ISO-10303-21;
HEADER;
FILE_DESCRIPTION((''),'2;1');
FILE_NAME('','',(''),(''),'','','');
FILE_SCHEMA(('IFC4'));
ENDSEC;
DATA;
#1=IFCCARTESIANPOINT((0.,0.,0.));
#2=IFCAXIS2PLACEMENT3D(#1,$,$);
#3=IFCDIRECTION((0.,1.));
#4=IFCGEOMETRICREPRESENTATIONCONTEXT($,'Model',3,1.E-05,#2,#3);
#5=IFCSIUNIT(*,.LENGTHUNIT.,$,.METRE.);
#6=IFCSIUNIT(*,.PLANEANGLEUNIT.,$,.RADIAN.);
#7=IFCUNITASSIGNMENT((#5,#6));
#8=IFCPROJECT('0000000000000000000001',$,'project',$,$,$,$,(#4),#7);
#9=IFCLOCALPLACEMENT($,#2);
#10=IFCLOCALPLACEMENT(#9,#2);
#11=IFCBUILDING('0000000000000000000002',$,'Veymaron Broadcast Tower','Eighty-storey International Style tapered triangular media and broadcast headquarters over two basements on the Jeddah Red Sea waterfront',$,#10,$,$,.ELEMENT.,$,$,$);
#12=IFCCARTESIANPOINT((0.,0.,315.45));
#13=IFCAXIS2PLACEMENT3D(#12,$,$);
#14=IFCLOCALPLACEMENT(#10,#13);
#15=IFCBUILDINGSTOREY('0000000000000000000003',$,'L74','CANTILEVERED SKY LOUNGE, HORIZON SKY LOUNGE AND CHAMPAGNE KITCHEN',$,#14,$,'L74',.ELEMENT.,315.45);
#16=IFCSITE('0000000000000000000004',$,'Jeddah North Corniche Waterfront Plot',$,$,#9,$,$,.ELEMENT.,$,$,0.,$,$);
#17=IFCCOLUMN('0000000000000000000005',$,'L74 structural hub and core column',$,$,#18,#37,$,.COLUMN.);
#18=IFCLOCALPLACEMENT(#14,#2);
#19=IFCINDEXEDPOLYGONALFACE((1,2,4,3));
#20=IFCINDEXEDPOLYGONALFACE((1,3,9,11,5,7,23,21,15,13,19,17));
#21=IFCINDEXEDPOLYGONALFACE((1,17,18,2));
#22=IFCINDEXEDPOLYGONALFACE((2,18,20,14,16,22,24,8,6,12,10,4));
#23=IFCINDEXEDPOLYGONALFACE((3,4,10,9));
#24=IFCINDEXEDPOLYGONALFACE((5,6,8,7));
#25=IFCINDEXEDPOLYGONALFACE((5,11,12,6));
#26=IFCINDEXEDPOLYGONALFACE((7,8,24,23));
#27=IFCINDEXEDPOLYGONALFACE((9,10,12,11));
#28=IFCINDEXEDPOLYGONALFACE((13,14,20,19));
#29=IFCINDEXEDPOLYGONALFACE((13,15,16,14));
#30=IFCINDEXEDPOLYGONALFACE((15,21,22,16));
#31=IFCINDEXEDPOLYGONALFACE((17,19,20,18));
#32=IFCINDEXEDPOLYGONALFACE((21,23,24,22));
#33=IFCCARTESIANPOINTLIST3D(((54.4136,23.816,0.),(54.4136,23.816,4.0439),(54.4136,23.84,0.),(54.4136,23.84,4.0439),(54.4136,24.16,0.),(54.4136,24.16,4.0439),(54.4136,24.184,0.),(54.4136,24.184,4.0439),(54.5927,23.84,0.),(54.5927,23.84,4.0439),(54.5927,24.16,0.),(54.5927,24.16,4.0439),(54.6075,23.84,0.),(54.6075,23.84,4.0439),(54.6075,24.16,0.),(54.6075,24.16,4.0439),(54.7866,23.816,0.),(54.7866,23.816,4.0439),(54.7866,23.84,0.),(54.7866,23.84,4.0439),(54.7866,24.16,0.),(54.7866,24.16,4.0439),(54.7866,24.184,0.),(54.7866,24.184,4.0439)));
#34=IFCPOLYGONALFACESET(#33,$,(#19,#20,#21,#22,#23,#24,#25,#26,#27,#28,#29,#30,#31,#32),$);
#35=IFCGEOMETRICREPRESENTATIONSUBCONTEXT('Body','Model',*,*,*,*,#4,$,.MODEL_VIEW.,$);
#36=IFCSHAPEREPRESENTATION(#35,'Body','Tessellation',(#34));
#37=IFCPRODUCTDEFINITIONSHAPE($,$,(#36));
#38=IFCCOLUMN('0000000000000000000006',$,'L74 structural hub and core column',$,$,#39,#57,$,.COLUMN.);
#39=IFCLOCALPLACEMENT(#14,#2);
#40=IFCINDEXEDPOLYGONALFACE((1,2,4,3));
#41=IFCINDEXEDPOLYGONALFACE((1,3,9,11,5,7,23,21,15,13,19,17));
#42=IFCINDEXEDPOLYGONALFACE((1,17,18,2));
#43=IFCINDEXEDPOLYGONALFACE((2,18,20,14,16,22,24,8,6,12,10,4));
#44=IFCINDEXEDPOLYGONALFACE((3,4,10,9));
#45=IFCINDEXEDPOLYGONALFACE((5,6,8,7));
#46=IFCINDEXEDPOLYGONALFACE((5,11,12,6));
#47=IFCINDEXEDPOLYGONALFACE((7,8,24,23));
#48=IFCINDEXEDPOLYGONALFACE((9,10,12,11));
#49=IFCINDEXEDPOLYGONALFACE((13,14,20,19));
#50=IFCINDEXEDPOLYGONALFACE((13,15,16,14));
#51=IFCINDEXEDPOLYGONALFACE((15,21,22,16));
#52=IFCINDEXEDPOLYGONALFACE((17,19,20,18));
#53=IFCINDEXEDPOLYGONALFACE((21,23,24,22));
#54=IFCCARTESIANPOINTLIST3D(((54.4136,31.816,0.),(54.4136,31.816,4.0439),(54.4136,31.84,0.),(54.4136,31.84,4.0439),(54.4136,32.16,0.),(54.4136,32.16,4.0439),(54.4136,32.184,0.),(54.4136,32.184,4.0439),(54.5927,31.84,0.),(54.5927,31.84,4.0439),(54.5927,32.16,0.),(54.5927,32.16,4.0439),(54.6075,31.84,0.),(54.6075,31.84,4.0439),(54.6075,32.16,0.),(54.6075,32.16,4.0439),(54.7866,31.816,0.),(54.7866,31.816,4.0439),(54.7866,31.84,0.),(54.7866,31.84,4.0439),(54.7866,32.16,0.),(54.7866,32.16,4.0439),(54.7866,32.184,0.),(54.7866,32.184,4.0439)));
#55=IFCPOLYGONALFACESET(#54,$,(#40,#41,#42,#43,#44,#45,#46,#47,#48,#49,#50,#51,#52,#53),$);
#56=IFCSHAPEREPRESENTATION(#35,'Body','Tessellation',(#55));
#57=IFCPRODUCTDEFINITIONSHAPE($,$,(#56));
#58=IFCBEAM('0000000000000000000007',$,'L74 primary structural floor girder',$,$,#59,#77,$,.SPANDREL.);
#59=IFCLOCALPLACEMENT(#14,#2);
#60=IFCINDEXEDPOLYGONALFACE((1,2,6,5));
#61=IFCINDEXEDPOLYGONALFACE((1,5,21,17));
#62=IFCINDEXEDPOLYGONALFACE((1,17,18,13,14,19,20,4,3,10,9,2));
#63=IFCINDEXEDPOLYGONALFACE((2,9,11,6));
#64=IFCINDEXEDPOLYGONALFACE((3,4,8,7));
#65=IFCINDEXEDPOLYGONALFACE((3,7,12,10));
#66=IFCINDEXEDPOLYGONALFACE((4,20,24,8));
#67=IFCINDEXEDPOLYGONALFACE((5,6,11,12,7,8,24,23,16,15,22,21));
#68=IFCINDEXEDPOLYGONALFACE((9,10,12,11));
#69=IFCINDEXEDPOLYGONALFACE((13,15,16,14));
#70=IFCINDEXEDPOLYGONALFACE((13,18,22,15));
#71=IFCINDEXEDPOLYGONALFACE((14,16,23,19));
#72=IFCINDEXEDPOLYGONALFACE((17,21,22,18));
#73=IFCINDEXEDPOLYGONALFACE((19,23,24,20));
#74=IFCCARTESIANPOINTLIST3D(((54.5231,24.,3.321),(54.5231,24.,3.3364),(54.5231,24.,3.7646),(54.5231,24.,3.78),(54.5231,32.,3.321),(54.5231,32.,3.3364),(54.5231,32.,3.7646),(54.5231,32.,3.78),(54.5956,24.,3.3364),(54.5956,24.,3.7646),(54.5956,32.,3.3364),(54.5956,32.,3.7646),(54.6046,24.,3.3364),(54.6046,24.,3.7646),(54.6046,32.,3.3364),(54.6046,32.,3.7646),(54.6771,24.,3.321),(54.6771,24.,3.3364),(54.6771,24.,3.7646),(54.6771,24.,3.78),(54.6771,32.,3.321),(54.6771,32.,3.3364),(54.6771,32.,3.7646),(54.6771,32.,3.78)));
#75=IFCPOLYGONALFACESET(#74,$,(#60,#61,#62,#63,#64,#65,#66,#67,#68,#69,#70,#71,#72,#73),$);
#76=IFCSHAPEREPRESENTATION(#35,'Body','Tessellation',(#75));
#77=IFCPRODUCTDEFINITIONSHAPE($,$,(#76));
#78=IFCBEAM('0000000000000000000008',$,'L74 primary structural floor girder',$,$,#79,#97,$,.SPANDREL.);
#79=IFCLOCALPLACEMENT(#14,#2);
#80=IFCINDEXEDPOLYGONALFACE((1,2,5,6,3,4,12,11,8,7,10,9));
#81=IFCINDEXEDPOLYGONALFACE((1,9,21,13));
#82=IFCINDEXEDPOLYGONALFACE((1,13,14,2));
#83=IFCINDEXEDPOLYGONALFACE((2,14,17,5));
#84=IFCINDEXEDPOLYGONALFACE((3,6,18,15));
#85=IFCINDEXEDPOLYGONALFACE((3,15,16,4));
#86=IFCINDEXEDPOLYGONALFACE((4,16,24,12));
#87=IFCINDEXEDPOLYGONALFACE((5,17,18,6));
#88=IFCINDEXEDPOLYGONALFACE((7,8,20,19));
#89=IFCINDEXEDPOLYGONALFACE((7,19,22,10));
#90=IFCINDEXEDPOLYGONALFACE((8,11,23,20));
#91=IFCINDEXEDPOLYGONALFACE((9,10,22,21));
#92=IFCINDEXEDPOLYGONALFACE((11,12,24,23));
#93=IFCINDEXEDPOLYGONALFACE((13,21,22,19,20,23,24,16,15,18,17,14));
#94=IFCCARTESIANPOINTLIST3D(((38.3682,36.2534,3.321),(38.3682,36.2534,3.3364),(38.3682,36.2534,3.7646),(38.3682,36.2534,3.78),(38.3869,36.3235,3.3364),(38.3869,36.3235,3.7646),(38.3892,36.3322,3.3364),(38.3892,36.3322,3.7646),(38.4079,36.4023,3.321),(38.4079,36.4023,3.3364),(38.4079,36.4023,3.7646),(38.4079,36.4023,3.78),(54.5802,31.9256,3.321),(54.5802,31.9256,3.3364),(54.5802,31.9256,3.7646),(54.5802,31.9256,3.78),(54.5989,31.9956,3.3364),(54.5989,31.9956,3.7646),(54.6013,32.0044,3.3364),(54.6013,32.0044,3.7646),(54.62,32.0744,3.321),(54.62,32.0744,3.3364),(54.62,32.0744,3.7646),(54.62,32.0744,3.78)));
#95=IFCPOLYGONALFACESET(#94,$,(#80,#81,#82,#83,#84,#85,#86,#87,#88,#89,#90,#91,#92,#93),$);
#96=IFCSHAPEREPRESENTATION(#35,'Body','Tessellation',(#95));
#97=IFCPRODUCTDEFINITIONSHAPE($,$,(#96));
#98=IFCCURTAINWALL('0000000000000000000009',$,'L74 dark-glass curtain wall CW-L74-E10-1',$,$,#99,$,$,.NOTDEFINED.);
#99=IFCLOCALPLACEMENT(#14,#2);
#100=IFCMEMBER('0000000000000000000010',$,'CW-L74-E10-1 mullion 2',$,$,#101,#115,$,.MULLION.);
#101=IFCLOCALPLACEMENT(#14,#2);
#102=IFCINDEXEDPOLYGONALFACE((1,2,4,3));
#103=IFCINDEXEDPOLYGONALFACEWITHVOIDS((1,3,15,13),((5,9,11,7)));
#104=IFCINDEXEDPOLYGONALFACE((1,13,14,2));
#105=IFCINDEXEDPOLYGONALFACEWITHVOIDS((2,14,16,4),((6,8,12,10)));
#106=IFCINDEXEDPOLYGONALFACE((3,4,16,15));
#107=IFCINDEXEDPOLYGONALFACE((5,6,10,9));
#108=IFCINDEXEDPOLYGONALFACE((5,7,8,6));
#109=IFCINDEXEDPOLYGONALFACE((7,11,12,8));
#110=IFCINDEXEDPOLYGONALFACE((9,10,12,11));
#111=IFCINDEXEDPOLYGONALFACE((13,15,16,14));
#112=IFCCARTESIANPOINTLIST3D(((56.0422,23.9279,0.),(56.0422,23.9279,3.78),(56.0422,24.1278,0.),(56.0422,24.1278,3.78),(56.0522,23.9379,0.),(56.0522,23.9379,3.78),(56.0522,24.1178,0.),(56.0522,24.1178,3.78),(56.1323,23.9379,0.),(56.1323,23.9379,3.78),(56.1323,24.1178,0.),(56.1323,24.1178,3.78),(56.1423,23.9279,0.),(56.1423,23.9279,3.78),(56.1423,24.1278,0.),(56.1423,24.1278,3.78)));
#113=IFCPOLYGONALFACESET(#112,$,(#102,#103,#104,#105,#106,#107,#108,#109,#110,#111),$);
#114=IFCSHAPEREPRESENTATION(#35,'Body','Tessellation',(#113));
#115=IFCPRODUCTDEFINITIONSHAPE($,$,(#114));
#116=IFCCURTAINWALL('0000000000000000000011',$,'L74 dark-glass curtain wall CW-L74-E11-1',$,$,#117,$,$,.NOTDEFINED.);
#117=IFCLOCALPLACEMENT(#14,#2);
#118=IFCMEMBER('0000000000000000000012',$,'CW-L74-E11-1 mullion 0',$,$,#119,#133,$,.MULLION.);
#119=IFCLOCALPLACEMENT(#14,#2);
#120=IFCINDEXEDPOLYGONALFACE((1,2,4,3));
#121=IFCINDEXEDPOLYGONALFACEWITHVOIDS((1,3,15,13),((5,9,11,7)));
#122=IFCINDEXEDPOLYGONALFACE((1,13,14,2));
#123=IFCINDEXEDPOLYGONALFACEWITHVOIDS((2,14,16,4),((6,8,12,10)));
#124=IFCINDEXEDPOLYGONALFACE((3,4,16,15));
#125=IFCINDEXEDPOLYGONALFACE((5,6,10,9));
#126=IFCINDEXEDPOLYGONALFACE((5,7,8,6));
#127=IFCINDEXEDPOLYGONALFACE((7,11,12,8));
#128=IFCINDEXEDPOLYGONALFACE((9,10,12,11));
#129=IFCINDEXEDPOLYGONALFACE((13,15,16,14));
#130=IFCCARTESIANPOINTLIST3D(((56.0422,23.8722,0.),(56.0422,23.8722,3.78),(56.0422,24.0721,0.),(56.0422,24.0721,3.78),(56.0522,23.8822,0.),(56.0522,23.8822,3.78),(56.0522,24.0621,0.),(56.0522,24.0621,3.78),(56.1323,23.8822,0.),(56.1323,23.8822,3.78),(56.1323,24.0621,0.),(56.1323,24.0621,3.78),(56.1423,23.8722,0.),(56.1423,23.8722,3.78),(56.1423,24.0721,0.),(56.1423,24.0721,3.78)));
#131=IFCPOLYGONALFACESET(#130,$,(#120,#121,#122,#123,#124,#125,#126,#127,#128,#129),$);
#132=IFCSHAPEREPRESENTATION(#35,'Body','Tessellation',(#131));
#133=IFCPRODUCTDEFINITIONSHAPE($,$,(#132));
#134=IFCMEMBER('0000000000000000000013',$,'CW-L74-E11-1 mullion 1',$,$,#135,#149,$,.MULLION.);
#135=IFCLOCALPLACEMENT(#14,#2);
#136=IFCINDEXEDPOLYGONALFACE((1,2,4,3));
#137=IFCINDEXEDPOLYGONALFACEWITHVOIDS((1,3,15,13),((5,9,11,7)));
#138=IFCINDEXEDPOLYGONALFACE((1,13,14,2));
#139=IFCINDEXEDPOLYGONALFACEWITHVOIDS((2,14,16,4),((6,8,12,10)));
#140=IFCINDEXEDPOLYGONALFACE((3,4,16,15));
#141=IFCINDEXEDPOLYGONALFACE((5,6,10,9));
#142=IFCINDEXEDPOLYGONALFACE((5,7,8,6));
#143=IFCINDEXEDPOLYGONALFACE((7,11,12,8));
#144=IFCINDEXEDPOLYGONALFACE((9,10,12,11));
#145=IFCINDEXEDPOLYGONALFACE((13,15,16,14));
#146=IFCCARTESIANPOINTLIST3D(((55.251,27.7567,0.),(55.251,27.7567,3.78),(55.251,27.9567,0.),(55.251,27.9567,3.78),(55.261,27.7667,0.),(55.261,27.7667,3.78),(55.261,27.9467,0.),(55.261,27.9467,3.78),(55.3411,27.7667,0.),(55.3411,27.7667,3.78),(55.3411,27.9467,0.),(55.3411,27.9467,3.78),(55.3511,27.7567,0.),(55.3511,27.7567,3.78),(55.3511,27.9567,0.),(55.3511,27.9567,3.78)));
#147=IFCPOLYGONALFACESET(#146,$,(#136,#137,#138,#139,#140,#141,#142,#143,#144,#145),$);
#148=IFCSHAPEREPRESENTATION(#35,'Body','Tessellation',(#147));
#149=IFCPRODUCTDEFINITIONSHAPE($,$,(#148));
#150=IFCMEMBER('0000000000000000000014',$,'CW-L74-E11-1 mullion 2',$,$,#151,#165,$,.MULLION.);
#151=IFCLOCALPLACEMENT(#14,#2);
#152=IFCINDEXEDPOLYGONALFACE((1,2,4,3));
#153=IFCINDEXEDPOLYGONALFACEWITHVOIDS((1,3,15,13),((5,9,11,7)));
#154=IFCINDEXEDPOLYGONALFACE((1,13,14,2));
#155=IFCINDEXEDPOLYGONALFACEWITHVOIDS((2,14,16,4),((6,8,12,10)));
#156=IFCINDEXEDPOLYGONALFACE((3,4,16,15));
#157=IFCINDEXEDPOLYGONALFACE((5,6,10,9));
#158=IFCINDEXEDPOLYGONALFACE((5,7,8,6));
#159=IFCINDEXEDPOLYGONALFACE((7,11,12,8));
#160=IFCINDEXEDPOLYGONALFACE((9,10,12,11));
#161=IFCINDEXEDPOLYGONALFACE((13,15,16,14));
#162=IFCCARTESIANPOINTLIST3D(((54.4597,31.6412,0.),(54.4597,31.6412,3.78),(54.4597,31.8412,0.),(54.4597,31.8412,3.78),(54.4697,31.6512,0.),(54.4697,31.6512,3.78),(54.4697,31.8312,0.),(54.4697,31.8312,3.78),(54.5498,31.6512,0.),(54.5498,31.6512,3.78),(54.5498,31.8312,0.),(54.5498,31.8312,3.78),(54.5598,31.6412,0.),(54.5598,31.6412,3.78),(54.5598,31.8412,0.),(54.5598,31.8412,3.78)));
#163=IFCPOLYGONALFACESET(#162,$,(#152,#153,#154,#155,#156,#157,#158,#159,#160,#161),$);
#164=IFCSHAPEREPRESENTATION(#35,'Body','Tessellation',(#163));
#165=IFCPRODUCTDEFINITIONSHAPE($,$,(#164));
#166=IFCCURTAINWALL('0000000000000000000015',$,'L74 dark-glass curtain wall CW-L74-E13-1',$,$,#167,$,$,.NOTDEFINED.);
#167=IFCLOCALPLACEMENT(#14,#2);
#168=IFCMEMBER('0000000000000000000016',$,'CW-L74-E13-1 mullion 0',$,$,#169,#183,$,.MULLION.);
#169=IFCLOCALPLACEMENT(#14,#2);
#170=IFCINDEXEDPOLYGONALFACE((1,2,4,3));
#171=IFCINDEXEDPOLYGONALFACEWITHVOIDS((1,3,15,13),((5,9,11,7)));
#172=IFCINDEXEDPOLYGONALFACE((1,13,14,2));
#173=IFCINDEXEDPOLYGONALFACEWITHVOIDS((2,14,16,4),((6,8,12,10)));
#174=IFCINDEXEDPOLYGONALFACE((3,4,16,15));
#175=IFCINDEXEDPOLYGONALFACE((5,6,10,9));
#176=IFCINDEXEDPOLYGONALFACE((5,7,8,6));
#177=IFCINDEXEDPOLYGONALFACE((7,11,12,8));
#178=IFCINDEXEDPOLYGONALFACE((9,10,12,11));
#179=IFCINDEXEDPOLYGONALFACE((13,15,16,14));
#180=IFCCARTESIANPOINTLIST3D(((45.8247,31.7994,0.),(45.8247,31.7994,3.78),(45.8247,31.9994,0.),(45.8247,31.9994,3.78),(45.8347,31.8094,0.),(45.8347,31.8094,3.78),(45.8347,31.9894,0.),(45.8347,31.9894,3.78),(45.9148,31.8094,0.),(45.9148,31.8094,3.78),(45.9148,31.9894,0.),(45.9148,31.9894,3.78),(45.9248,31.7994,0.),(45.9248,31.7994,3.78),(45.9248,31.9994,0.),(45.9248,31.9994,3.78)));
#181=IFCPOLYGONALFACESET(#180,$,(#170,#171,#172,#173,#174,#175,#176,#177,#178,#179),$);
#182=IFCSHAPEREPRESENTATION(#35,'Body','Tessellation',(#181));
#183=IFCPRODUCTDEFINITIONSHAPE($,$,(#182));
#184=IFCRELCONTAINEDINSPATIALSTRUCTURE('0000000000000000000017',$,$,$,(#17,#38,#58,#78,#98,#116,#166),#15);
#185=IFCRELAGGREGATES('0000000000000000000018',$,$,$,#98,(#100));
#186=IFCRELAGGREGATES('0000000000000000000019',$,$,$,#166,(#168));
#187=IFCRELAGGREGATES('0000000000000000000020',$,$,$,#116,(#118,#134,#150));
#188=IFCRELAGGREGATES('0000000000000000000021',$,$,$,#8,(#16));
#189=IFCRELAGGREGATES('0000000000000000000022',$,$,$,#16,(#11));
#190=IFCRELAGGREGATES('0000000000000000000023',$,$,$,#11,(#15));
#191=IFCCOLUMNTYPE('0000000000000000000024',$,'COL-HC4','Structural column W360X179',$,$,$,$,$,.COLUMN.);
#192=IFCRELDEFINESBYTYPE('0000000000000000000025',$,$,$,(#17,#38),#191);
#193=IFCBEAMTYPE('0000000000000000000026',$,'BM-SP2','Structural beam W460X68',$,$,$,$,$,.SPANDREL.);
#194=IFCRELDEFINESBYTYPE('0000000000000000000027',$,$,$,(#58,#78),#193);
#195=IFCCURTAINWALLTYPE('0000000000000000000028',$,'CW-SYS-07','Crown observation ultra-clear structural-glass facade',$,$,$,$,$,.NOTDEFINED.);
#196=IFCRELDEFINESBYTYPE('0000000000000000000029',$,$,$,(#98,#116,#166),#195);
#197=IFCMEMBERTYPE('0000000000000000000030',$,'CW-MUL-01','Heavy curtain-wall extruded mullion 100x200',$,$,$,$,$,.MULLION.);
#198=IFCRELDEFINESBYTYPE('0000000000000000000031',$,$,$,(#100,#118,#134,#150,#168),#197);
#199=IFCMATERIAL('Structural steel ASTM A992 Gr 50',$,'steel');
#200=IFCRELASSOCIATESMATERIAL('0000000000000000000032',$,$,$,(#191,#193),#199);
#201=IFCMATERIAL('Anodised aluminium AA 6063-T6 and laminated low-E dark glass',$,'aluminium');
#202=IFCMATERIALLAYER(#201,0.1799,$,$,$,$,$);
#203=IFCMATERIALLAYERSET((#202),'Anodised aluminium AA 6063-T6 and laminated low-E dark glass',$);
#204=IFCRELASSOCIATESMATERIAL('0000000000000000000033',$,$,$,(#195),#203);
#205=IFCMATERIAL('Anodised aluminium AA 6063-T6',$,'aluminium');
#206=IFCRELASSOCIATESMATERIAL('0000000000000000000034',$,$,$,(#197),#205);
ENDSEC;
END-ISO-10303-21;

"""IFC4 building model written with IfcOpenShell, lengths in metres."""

from ifc_helpers import new_model, si_unit, direction, frame, origin, origin_2d, place, context, subcontext, project, spatial, hollow_rectangle, i_section, extrude, material, layer, layer_set, material_profile, profile_set, type_object, element, aggregate, save


model = new_model("IFC4")

# Units and contexts
model_context = context("Model", 3, precision=1e-05, world=origin(), true_north=direction((0.0, 1.0)))
body_context = subcontext(model_context, "Body", "Model", "MODEL_VIEW")
ifc_project = project(units=[si_unit("LENGTHUNIT", "METRE"), si_unit("PLANEANGLEUNIT", "RADIAN")], contexts=[model_context])

# Site, building, storey
site_placement = place(None, origin())
site = spatial("IfcSite", under=ifc_project, at=site_placement, Name="Jeddah North Corniche Waterfront Plot", CompositionType="ELEMENT", RefElevation=0.0)
building_placement = place(site_placement, origin())
building = spatial("IfcBuilding", under=site, at=building_placement, Name="Veymaron Broadcast Tower", Description="Eighty-storey International Style tapered triangular media and broadcast headquarters over two basements on the Jeddah Red Sea waterfront", CompositionType="ELEMENT")
storey_placement = place(building_placement, frame((0.0, 0.0, 315.45)))
storey = spatial("IfcBuildingStorey", under=building, at=storey_placement, Name="L74", Description="CANTILEVERED SKY LOUNGE, HORIZON SKY LOUNGE AND CHAMPAGNE KITCHEN", LongName="L74", CompositionType="ELEMENT", Elevation=315.45)

# Columns
ifc_material_1 = material(Name="Structural steel ASTM A992 Gr 50", Category="steel")
ifc_material_profile_1 = material_profile(ifc_material_1, i_section(OverallWidth=0.373, OverallDepth=0.3679, WebThickness=0.0149, FlangeThickness=0.0239, at=origin_2d()), Name="W360X179")
ifc_profile_set_1 = profile_set([ifc_material_profile_1], Name="Structural steel ASTM A992 Gr 50")
column_type = type_object("IfcColumnType", Name="COL-HC4", Description="Structural column W360X179", PredefinedType="COLUMN", material=ifc_profile_set_1)
for number, where, z_axis, x_axis, name in (
    (1, (54.6001, 24.0, 0.0), (0.0, 0.0, 1.0), (1.0, 0.0, 0.0), "L74 structural hub and core column"),
    (2, (54.6001, 32.0, 0.0), (0.0, 0.0, 1.0), (1.0, 0.0, 0.0), "L74 structural hub and core column"),
):
    element("IfcColumn", number, at=place(storey_placement, frame(where, z_axis=z_axis, x_axis=x_axis)), inside=storey, type_object=column_type, Name=name, PredefinedType="COLUMN", context=body_context, shape_type="SweptSolid", body=[
        extrude(i_section(OverallWidth=0.373, OverallDepth=0.3679, WebThickness=0.0149, FlangeThickness=0.0239, at=origin_2d()), origin(), (0.0, 0.0, 1.0), 4.0439),
    ])

# Beams
ifc_material_profile_2 = material_profile(ifc_material_1, i_section(OverallWidth=0.1541, OverallDepth=0.459, WebThickness=0.009, FlangeThickness=0.0154, at=origin_2d()), Name="W460X68")
ifc_profile_set_2 = profile_set([ifc_material_profile_2], Name="Structural steel ASTM A992 Gr 50")
beam_type = type_object("IfcBeamType", Name="BM-SP2", Description="Structural beam W460X68", PredefinedType="SPANDREL", material=ifc_profile_set_2)
beam_1_placement = place(storey_placement, frame((54.6001, 24.0, 3.5505), z_axis=(0.0, 1.0, 0.0), x_axis=(-1.0, 0.0, 0.0)))
element("IfcBeam", 3, at=beam_1_placement, inside=storey, type_object=beam_type, Name="L74 primary structural floor girder", PredefinedType="SPANDREL", context=body_context, shape_type="SweptSolid", body=[
    extrude(i_section(OverallWidth=0.1541, OverallDepth=0.459, WebThickness=0.009, FlangeThickness=0.0154, at=origin_2d()), origin(), (0.0, 0.0, 1.0), 8.0),
])
beam_2_placement = place(storey_placement, frame((54.6001, 32.0, 3.5505), z_axis=(-0.966166, 0.257921, 0.0), x_axis=(-0.257921, -0.966166, 0.0)))
element("IfcBeam", 4, at=beam_2_placement, inside=storey, type_object=beam_type, Name="L74 primary structural floor girder", PredefinedType="SPANDREL", context=body_context, shape_type="SweptSolid", body=[
    extrude(i_section(OverallWidth=0.1541, OverallDepth=0.459, WebThickness=0.009, FlangeThickness=0.0154, at=origin_2d()), origin(), (0.0, 0.0, 1.0), 16.7798),
])

# Curtain wall, member
ifc_material_2 = material(Name="Anodised aluminium AA 6063-T6 and laminated low-E dark glass", Category="aluminium")
ifc_layer_1 = layer(ifc_material_2, 0.1799)
ifc_layer_set_1 = layer_set([ifc_layer_1], Name="Anodised aluminium AA 6063-T6 and laminated low-E dark glass")
curtain_wall_type = type_object("IfcCurtainWallType", Name="CW-SYS-07", Description="Crown observation ultra-clear structural-glass facade", PredefinedType="NOTDEFINED", material=ifc_layer_set_1)
curtain_wall_1_placement = place(storey_placement, origin())
curtain_wall_1 = element("IfcCurtainWall", 5, at=curtain_wall_1_placement, inside=storey, type_object=curtain_wall_type, Name="L74 dark-glass curtain wall CW-L74-E10-1", PredefinedType="NOTDEFINED")
ifc_material_3 = material(Name="Anodised aluminium AA 6063-T6", Category="aluminium")
ifc_material_profile_3 = material_profile(ifc_material_3, hollow_rectangle(XDim=0.1001, YDim=0.2, WallThickness=0.01, at=origin_2d()), Name="RHS200X100X10")
ifc_profile_set_3 = profile_set([ifc_material_profile_3], Name="Anodised aluminium AA 6063-T6")
member_type_1 = type_object("IfcMemberType", Name="CW-MUL-01", Description="Heavy curtain-wall extruded mullion 100x200", PredefinedType="MULLION", material=ifc_profile_set_3)
member_1_placement = place(storey_placement, frame((56.0923, 24.0278, 0.0), z_axis=(0.0, 0.0, 1.0), x_axis=(1.0, 0.0, 0.0)))
member_1 = element("IfcMember", 6, at=member_1_placement, type_object=member_type_1, Name="CW-L74-E10-1 mullion 2", PredefinedType="MULLION", context=body_context, shape_type="SweptSolid", body=[
    extrude(hollow_rectangle(XDim=0.1001, YDim=0.2, WallThickness=0.01, at=origin_2d()), origin(), (0.0, 0.0, 1.0), 3.78),
])
aggregate(curtain_wall_1, [member_1])

# Curtain wall, members
curtain_wall_2_placement = place(storey_placement, origin())
curtain_wall_2 = element("IfcCurtainWall", 7, at=curtain_wall_2_placement, inside=storey, type_object=curtain_wall_type, Name="L74 dark-glass curtain wall CW-L74-E11-1", PredefinedType="NOTDEFINED")
member_2_placement = place(storey_placement, frame((56.0923, 23.9722, 0.0), z_axis=(0.0, 0.0, 1.0), x_axis=(1.0, 0.0, 0.0)))
member_2 = element("IfcMember", 8, at=member_2_placement, type_object=member_type_1, Name="CW-L74-E11-1 mullion 0", PredefinedType="MULLION", context=body_context, shape_type="SweptSolid", body=[
    extrude(hollow_rectangle(XDim=0.1001, YDim=0.2, WallThickness=0.01, at=origin_2d()), origin(), (0.0, 0.0, 1.0), 3.78),
])
member_3_placement = place(storey_placement, frame((55.301, 27.8567, 0.0), z_axis=(0.0, 0.0, 1.0), x_axis=(1.0, 0.0, 0.0)))
member_3 = element("IfcMember", 9, at=member_3_placement, type_object=member_type_1, Name="CW-L74-E11-1 mullion 1", PredefinedType="MULLION", context=body_context, shape_type="SweptSolid", body=[
    extrude(hollow_rectangle(XDim=0.1001, YDim=0.2, WallThickness=0.01, at=origin_2d()), origin(), (0.0, 0.0, 1.0), 3.78),
])
member_4_placement = place(storey_placement, frame((54.5098, 31.7412, 0.0), z_axis=(0.0, 0.0, 1.0), x_axis=(1.0, 0.0, 0.0)))
member_4 = element("IfcMember", 10, at=member_4_placement, type_object=member_type_1, Name="CW-L74-E11-1 mullion 2", PredefinedType="MULLION", context=body_context, shape_type="SweptSolid", body=[
    extrude(hollow_rectangle(XDim=0.1001, YDim=0.2, WallThickness=0.01, at=origin_2d()), origin(), (0.0, 0.0, 1.0), 3.78),
])

# Curtain wall, member
curtain_wall_3_placement = place(storey_placement, origin())
curtain_wall_3 = element("IfcCurtainWall", 11, at=curtain_wall_3_placement, inside=storey, type_object=curtain_wall_type, Name="L74 dark-glass curtain wall CW-L74-E13-1", PredefinedType="NOTDEFINED")
member_5_placement = place(storey_placement, frame((45.8748, 31.8994, 0.0), z_axis=(0.0, 0.0, 1.0), x_axis=(1.0, 0.0, 0.0)))
member_5 = element("IfcMember", 12, at=member_5_placement, type_object=member_type_1, Name="CW-L74-E13-1 mullion 0", PredefinedType="MULLION", context=body_context, shape_type="SweptSolid", body=[
    extrude(hollow_rectangle(XDim=0.1001, YDim=0.2, WallThickness=0.01, at=origin_2d()), origin(), (0.0, 0.0, 1.0), 3.78),
])

aggregate(curtain_wall_3, [member_5])

aggregate(curtain_wall_2, [member_2, member_3, member_4])

save(model, "model.ifc")
